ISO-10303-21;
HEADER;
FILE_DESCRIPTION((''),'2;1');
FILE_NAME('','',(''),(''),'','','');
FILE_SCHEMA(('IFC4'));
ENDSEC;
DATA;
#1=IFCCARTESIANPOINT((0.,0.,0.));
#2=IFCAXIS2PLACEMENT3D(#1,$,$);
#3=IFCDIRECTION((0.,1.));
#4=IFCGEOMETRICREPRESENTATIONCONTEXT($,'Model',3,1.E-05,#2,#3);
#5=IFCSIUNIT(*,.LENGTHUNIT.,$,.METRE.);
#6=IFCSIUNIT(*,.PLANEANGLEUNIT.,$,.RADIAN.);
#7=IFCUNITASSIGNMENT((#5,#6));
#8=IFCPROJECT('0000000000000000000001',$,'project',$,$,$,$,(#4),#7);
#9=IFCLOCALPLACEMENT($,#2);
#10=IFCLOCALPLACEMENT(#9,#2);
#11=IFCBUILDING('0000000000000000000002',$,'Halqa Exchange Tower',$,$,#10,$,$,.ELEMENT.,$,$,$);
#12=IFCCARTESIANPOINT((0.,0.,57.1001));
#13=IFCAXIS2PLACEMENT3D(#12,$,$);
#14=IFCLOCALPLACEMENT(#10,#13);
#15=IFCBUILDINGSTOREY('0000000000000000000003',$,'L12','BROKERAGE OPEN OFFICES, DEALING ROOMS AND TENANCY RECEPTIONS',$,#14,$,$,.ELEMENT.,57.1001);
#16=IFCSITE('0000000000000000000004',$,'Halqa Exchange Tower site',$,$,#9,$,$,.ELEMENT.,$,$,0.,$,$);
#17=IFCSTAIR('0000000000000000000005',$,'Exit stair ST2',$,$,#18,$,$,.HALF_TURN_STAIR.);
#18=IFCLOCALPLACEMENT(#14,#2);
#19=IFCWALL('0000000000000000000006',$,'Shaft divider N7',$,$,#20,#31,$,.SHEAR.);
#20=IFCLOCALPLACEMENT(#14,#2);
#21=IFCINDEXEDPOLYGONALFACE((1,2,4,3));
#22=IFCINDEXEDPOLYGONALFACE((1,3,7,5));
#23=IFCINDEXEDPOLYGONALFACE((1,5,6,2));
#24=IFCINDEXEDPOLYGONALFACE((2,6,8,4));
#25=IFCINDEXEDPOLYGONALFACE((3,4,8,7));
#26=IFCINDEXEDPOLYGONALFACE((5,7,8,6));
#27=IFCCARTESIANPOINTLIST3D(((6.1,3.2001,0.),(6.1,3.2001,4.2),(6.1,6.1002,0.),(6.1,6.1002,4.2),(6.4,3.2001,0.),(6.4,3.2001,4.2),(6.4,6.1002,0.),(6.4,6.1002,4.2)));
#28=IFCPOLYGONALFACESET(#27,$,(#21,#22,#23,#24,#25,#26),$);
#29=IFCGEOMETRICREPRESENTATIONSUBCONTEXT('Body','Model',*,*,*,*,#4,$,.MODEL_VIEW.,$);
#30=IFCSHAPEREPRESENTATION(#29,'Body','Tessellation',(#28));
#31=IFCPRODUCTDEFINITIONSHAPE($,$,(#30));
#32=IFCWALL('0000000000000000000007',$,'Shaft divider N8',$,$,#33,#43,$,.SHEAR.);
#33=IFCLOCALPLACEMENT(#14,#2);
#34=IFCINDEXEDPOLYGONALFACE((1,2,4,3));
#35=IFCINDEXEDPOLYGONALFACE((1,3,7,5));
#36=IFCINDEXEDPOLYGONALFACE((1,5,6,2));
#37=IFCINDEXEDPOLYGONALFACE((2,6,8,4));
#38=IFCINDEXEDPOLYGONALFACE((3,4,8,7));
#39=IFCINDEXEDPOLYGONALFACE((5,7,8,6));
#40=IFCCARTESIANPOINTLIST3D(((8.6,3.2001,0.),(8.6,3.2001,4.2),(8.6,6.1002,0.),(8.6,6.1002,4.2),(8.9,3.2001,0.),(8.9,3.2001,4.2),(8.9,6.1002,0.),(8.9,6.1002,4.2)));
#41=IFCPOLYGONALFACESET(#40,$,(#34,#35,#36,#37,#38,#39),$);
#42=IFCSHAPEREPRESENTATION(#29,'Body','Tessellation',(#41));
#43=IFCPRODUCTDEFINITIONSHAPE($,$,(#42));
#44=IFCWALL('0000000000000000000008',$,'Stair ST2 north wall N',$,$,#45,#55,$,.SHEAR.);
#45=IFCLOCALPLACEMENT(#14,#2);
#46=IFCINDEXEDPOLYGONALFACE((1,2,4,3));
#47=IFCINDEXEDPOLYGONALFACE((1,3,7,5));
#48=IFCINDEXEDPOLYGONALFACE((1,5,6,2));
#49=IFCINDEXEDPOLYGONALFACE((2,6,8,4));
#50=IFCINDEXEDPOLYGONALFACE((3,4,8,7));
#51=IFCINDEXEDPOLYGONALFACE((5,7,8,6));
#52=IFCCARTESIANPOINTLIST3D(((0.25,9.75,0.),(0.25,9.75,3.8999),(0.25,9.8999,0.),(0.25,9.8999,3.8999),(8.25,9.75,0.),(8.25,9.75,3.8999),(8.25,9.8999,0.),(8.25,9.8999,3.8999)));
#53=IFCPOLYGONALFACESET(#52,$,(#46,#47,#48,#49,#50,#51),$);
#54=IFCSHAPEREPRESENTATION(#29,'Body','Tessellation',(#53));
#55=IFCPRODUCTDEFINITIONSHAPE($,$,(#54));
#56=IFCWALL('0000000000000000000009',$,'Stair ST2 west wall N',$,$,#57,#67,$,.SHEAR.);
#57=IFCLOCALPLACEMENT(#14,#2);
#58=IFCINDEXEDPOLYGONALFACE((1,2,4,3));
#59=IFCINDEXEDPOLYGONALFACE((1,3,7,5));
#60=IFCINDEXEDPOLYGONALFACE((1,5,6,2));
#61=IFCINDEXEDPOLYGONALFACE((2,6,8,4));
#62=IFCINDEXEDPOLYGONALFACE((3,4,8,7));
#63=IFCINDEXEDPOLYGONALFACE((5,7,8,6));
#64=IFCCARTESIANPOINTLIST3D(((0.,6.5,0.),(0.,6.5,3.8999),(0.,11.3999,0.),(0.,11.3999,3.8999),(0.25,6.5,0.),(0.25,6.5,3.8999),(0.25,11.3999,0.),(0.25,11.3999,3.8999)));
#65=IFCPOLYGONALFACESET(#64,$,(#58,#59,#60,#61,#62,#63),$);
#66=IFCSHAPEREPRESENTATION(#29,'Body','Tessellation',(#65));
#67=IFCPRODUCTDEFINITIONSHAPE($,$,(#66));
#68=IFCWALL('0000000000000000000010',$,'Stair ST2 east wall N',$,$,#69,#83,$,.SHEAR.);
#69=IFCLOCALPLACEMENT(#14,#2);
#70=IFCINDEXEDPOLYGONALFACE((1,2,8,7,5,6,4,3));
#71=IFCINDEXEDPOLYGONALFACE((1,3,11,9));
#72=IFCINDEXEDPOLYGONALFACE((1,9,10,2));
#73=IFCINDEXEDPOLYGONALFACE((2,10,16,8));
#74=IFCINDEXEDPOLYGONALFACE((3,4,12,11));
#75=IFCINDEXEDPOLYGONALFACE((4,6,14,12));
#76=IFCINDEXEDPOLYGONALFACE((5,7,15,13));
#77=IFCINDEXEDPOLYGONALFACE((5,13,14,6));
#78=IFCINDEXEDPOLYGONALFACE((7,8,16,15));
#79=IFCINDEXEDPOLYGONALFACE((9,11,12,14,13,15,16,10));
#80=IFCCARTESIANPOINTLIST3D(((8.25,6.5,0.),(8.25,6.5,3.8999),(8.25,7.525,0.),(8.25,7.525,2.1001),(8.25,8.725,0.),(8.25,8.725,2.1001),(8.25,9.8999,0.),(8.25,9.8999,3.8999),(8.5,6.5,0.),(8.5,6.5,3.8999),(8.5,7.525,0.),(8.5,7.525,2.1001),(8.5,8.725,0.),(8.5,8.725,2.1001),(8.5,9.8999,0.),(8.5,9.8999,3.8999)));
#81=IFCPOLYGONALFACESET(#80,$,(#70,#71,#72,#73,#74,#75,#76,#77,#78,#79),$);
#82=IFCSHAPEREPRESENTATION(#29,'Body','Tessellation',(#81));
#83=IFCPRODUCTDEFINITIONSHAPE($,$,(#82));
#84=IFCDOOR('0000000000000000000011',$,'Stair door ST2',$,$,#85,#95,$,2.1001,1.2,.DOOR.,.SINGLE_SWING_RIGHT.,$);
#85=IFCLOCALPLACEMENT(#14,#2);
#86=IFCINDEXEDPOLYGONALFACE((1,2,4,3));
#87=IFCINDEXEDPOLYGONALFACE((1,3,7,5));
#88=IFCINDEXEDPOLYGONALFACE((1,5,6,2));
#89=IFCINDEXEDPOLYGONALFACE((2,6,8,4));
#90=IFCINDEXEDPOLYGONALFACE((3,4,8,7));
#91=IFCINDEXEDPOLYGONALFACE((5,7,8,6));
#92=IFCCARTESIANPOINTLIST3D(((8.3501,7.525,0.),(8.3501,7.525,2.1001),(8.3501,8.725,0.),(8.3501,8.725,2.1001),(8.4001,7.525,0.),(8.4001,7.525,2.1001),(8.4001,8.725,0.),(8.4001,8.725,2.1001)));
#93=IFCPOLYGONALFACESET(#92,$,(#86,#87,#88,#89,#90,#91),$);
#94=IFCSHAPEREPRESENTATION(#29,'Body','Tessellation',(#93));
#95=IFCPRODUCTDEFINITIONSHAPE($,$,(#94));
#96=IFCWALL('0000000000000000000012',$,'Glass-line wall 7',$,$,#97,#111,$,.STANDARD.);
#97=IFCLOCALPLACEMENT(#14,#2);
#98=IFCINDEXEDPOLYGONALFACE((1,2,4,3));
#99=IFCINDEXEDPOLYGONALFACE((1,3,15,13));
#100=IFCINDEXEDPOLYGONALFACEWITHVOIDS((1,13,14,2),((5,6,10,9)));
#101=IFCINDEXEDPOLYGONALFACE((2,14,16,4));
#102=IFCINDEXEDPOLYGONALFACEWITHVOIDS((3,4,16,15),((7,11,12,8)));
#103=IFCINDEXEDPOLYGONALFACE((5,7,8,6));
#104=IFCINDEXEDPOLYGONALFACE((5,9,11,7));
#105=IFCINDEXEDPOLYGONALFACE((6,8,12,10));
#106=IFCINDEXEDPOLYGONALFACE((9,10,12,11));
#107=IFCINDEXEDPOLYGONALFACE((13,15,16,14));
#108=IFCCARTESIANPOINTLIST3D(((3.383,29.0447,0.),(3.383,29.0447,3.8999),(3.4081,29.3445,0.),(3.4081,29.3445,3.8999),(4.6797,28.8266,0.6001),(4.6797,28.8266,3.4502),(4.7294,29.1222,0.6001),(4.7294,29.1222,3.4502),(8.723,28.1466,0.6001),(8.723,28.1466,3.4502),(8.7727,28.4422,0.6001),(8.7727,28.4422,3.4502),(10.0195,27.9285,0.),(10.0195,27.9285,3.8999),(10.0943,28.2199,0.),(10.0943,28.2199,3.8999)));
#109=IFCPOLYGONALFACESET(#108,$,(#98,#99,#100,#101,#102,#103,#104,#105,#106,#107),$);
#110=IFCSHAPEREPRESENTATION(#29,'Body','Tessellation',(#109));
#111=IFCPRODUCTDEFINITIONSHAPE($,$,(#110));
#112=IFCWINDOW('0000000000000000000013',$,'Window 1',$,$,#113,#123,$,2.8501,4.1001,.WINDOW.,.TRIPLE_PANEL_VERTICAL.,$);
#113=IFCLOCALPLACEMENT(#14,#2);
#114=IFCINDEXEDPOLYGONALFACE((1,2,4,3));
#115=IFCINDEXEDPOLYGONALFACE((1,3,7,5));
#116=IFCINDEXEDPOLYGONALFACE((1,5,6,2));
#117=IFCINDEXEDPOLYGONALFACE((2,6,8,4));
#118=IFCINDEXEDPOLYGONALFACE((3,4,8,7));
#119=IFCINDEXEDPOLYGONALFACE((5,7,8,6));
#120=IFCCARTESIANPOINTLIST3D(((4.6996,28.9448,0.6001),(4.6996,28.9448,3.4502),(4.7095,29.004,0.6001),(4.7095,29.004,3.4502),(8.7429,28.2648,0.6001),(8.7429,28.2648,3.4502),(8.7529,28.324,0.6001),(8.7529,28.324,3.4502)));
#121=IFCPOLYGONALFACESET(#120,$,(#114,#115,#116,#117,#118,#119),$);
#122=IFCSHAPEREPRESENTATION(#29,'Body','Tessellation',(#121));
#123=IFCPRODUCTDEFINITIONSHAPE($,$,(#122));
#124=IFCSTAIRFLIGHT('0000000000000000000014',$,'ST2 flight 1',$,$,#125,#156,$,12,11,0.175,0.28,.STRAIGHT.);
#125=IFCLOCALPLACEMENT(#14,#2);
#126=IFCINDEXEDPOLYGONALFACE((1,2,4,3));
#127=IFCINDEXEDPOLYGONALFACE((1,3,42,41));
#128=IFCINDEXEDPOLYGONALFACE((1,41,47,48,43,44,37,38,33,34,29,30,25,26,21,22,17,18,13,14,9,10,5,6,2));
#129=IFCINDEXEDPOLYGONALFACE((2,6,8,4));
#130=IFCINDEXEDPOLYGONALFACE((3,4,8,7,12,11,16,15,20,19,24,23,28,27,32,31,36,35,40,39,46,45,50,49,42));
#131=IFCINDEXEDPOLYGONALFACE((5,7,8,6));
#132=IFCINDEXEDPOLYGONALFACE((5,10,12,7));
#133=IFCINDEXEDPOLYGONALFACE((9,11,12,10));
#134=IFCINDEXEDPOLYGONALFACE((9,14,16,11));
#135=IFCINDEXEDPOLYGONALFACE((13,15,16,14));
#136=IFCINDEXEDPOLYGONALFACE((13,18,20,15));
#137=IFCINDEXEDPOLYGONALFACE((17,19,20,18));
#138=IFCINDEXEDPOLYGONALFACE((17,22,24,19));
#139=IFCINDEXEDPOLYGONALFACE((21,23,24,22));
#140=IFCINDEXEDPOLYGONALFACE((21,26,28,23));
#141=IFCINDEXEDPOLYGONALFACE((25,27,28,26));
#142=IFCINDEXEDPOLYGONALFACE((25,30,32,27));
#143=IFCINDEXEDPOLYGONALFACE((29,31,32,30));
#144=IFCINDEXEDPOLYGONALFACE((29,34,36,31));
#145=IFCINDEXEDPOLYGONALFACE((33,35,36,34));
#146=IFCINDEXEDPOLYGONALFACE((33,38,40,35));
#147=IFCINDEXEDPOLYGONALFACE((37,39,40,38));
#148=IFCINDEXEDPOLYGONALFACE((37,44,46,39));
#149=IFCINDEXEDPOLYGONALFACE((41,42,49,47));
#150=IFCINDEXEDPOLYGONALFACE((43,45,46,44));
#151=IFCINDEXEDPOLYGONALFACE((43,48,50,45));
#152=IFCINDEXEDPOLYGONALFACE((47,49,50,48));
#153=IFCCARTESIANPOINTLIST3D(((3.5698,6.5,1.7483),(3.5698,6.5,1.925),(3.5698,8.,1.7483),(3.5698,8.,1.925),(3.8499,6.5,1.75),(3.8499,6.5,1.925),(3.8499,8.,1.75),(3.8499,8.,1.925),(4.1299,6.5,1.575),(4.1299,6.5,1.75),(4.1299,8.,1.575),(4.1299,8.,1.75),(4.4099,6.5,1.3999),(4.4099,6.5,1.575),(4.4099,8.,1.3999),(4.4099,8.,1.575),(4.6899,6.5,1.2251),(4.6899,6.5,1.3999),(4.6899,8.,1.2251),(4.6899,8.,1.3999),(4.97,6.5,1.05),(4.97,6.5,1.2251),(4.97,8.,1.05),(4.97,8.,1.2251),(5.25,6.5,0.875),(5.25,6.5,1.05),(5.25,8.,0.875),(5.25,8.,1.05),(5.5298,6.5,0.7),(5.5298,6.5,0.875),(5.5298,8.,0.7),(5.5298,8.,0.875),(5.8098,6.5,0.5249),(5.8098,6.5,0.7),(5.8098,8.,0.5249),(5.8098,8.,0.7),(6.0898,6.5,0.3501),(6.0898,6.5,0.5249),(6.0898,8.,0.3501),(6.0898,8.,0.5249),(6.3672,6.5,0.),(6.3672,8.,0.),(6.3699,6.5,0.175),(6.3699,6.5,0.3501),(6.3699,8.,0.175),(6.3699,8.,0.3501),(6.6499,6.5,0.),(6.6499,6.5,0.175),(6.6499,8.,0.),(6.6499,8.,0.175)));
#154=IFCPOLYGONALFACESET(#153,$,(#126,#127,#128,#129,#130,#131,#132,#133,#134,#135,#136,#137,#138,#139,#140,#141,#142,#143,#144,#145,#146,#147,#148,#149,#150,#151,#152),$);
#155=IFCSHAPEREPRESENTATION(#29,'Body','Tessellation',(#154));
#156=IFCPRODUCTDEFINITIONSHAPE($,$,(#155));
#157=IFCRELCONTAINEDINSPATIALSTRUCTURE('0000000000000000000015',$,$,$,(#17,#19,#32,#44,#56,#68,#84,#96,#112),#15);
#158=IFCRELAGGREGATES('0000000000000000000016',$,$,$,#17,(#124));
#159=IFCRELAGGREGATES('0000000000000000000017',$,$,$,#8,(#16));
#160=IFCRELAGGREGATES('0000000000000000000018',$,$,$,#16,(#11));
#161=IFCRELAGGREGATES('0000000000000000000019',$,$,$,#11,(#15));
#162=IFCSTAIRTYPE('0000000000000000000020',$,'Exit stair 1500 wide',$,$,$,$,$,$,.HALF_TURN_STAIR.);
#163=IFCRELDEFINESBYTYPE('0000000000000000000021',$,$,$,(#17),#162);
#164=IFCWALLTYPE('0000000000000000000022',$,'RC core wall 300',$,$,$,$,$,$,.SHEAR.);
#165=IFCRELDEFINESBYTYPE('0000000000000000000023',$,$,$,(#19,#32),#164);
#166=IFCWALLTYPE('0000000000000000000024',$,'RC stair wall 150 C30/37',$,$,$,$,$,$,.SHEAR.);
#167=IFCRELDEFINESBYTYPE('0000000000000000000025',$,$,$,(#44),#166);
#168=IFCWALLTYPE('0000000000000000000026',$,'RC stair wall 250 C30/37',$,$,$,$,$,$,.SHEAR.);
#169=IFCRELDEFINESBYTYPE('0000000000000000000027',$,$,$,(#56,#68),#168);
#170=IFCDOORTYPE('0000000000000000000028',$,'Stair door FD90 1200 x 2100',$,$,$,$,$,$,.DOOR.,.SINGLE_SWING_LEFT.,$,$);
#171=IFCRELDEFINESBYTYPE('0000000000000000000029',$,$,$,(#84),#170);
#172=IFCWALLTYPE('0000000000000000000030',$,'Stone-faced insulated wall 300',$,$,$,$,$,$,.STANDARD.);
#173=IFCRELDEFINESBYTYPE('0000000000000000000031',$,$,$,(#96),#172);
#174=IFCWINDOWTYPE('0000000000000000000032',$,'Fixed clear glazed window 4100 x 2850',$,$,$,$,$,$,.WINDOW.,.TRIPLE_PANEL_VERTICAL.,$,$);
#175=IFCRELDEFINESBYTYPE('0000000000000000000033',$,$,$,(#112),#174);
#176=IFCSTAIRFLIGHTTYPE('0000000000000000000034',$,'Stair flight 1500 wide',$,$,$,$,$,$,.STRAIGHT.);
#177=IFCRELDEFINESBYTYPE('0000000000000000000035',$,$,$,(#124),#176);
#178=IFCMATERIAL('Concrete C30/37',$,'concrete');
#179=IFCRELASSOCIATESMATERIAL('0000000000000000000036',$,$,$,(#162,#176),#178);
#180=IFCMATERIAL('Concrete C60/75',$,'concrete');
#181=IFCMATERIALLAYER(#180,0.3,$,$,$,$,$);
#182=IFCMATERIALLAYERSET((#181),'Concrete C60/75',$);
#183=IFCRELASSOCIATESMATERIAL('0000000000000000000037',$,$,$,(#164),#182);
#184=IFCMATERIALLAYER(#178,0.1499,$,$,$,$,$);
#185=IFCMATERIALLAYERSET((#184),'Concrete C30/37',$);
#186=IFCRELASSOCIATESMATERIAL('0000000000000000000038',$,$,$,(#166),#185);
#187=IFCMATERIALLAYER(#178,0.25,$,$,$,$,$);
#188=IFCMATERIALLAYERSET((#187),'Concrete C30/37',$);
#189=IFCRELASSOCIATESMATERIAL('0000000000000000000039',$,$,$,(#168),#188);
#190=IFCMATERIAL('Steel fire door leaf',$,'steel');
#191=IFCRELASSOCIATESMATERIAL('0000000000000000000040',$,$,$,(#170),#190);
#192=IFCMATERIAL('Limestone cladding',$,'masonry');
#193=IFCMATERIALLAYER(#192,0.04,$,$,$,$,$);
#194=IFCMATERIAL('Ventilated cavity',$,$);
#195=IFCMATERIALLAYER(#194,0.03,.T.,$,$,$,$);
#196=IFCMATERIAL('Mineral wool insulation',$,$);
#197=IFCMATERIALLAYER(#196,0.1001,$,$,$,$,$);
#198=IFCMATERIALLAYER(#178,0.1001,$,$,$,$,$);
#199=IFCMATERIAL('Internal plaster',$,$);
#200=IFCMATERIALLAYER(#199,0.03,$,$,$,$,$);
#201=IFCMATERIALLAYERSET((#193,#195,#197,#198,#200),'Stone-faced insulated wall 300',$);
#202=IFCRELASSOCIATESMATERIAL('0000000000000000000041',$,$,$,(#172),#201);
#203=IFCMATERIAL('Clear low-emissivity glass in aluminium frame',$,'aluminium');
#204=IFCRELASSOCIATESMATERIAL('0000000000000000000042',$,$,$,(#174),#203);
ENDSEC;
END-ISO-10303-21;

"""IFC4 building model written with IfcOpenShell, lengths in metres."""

from ifc_helpers import new_model, si_unit, direction, frame, frame_2d, origin, place, context, subcontext, project, spatial, polyline, rectangle, outline, extrude, material, layer, layer_set, type_object, element, fill, aggregate, save


model = new_model("IFC4")

# Units and contexts
model_context = context("Model", 3, precision=1e-05, world=origin(), true_north=direction((0.0, 1.0)))
body_context = subcontext(model_context, "Body", "Model", "MODEL_VIEW")
ifc_project = project(units=[si_unit("LENGTHUNIT", "METRE"), si_unit("PLANEANGLEUNIT", "RADIAN")], contexts=[model_context])

# Site, building, storey
site_placement = place(None, origin())
site = spatial("IfcSite", under=ifc_project, at=site_placement, Name="Halqa Exchange Tower site", CompositionType="ELEMENT", RefElevation=0.0)
building_placement = place(site_placement, origin())
building = spatial("IfcBuilding", under=site, at=building_placement, Name="Halqa Exchange Tower", CompositionType="ELEMENT")
storey_placement = place(building_placement, frame((0.0, 0.0, 57.1001)))
storey = spatial("IfcBuildingStorey", under=building, at=storey_placement, Name="L12", Description="BROKERAGE OPEN OFFICES, DEALING ROOMS AND TENANCY RECEPTIONS", CompositionType="ELEMENT", Elevation=57.1001)

# Shared definitions
ifc_material_1 = material(Name="Concrete C60/75", Category="concrete")

# Stair
ifc_material_2 = material(Name="Concrete C30/37", Category="concrete")
stair_type = type_object("IfcStairType", Name="Exit stair 1500 wide", PredefinedType="HALF_TURN_STAIR", material=ifc_material_2)
stair_1_placement = place(storey_placement, origin())
stair_1 = element("IfcStair", 1, at=stair_1_placement, inside=storey, type_object=stair_type, Name="Exit stair ST2", PredefinedType="HALF_TURN_STAIR")

# Walls
ifc_layer_1 = layer(ifc_material_1, 0.3)
ifc_layer_set_1 = layer_set([ifc_layer_1], Name="Concrete C60/75")
wall_type_1 = type_object("IfcWallType", Name="RC core wall 300", PredefinedType="SHEAR", material=ifc_layer_set_1)
for number, where, z_axis, x_axis, name in (
    (2, (6.25, 3.2, 0.0), (0.0, 0.0, 1.0), (0.0, 1.0, 0.0), "Shaft divider N7"),
    (3, (8.75, 3.2, 0.0), (0.0, 0.0, 1.0), (0.0, 1.0, 0.0), "Shaft divider N8"),
):
    element("IfcWall", number, at=place(storey_placement, frame(where, z_axis=z_axis, x_axis=x_axis)), inside=storey, type_object=wall_type_1, Name=name, PredefinedType="SHEAR", context=body_context, shape_type="SweptSolid", body=[
        extrude(rectangle(XDim=2.9001, YDim=0.3, at=frame_2d((1.4502, 0.0))), origin(), (0.0, 0.0, 1.0), 4.2),
    ])
ifc_layer_2 = layer(ifc_material_2, 0.1499)
ifc_layer_set_2 = layer_set([ifc_layer_2], Name="Concrete C30/37")
wall_type_2 = type_object("IfcWallType", Name="RC stair wall 150 C30/37", PredefinedType="SHEAR", material=ifc_layer_set_2)
wall_1_placement = place(storey_placement, frame((0.25, 9.825, 0.0), z_axis=(0.0, 0.0, 1.0), x_axis=(1.0, 0.0, 0.0)))
element("IfcWall", 4, at=wall_1_placement, inside=storey, type_object=wall_type_2, Name="Stair ST2 north wall N", PredefinedType="SHEAR", context=body_context, shape_type="SweptSolid", body=[
    extrude(rectangle(XDim=8.0, YDim=0.1499, at=frame_2d((4.0, 0.0))), origin(), (0.0, 0.0, 1.0), 3.8999),
])
ifc_layer_3 = layer(ifc_material_2, 0.25)
ifc_layer_set_3 = layer_set([ifc_layer_3], Name="Concrete C30/37")
wall_type_3 = type_object("IfcWallType", Name="RC stair wall 250 C30/37", PredefinedType="SHEAR", material=ifc_layer_set_3)
wall_2_placement = place(storey_placement, frame((0.125, 6.5, 0.0), z_axis=(0.0, 0.0, 1.0), x_axis=(0.0, 1.0, 0.0)))
element("IfcWall", 5, at=wall_2_placement, inside=storey, type_object=wall_type_3, Name="Stair ST2 west wall N", PredefinedType="SHEAR", context=body_context, shape_type="SweptSolid", body=[
    extrude(rectangle(XDim=4.8999, YDim=0.25, at=frame_2d((2.45, 0.0))), origin(), (0.0, 0.0, 1.0), 3.8999),
])

# Wall, opening, door
wall_3_placement = place(storey_placement, frame((8.375, 6.5, 0.0), z_axis=(0.0, 0.0, 1.0), x_axis=(0.0, 1.0, 0.0)))
wall_3 = element("IfcWall", 6, at=wall_3_placement, inside=storey, type_object=wall_type_3, Name="Stair ST2 east wall N", PredefinedType="SHEAR", context=body_context, shape_type="SweptSolid", body=[
    extrude(rectangle(XDim=3.3999, YDim=0.25, at=frame_2d((1.7, 0.0))), origin(), (0.0, 0.0, 1.0), 3.8999),
])
opening_1_placement = place(wall_3_placement, frame((1.0249, 0.0, 0.0)))
opening_1 = element("IfcOpeningElement", 7, at=opening_1_placement, cuts=wall_3, PredefinedType="OPENING", context=body_context, shape_type="SweptSolid", body=[
    extrude(rectangle(XDim=1.2, YDim=2.1001, at=frame_2d((0.6001, 1.05))), frame((0.0, 0.137, 0.0), z_axis=(0.0, -1.0, 0.0), x_axis=(1.0, 0.0, 0.0)), (0.0, 0.0, 1.0), 0.2739),
])
ifc_material_3 = material(Name="Steel fire door leaf", Category="steel")
door_type_1 = type_object("IfcDoorType", Name="Stair door FD90 1200 x 2100", OperationType="SINGLE_SWING_LEFT", PredefinedType="DOOR", material=ifc_material_3)
door_1_placement = place(opening_1_placement, origin())
door_1 = element("IfcDoor", 8, at=door_1_placement, inside=storey, type_object=door_type_1, Name="Stair door ST2", OperationType="SINGLE_SWING_RIGHT", OverallHeight=2.1001, OverallWidth=1.2, PredefinedType="DOOR", context=body_context, shape_type="SweptSolid", body=[
    extrude(rectangle(XDim=1.2, YDim=2.1001, at=frame_2d((0.6001, 1.05))), frame((0.0, 0.0249, 0.0), z_axis=(0.0, -1.0, 0.0), x_axis=(1.0, 0.0, 0.0)), (0.0, 0.0, 1.0), 0.05),
])
fill(opening_1, door_1)

# Wall, opening, window
ifc_material_4 = material(Name="Limestone cladding", Category="masonry")
ifc_layer_4 = layer(ifc_material_4, 0.04)
ifc_material_5 = material(Name="Ventilated cavity")
ifc_layer_5 = layer(ifc_material_5, 0.03, ventilated=True)
ifc_material_6 = material(Name="Mineral wool insulation")
ifc_layer_6 = layer(ifc_material_6, 0.1001)
ifc_layer_7 = layer(ifc_material_2, 0.1001)
ifc_material_7 = material(Name="Internal plaster")
ifc_layer_8 = layer(ifc_material_7, 0.03)
ifc_layer_set_4 = layer_set([ifc_layer_4, ifc_layer_5, ifc_layer_6, ifc_layer_7, ifc_layer_8], Name="Stone-faced insulated wall 300")
wall_type_4 = type_object("IfcWallType", Name="Stone-faced insulated wall 300", PredefinedType="STANDARD", material=ifc_layer_set_4)
wall_4_placement = place(storey_placement, frame((10.0569, 28.0742, 0.0), z_axis=(0.0, 0.0, 1.0), x_axis=(-0.98615, 0.165858, 0.0)))
wall_4 = element("IfcWall", 9, at=wall_4_placement, inside=storey, type_object=wall_type_4, Name="Glass-line wall 7", PredefinedType="STANDARD", context=body_context, shape_type="SweptSolid", body=[
    extrude(outline(polyline([(-0.0127, -0.1499), (6.7673, -0.1499), (6.7424, 0.1499), (0.0127, 0.1499), (-0.0127, -0.1499)])), origin(), (0.0, 0.0, 1.0), 3.8999),
])
opening_2_placement = place(wall_4_placement, frame((1.3274, 0.0, 0.6001)))
opening_2 = element("IfcOpeningElement", 10, at=opening_2_placement, cuts=wall_4, PredefinedType="OPENING", context=body_context, shape_type="SweptSolid", body=[
    extrude(rectangle(XDim=4.1001, YDim=2.8501, at=frame_2d((2.05, 1.425))), frame((0.0, 0.1621, 0.0), z_axis=(0.0, -1.0, 0.0), x_axis=(1.0, 0.0, 0.0)), (0.0, 0.0, 1.0), 0.324),
])
ifc_material_8 = material(Name="Clear low-emissivity glass in aluminium frame", Category="aluminium")
window_type = type_object("IfcWindowType", Name="Fixed clear glazed window 4100 x 2850", PartitioningType="TRIPLE_PANEL_VERTICAL", PredefinedType="WINDOW", material=ifc_material_8)
window_placement = place(opening_2_placement, origin())
window = element("IfcWindow", 11, at=window_placement, inside=storey, type_object=window_type, Name="Window 1", OverallHeight=2.8501, OverallWidth=4.1001, PartitioningType="TRIPLE_PANEL_VERTICAL", PredefinedType="WINDOW", context=body_context, shape_type="SweptSolid", body=[
    extrude(rectangle(XDim=4.1001, YDim=2.8501, at=frame_2d((2.05, 1.425))), frame((0.0, 0.03, 0.0), z_axis=(0.0, -1.0, 0.0), x_axis=(1.0, 0.0, 0.0)), (0.0, 0.0, 1.0), 0.0601),
])
fill(opening_2, window)

# Stair flight
stair_flight_type = type_object("IfcStairFlightType", Name="Stair flight 1500 wide", PredefinedType="STRAIGHT", material=ifc_material_2)
stair_flight_1_placement = place(storey_placement, frame((6.6499, 7.25, 0.0), z_axis=(0.0, 0.0, 1.0), x_axis=(-1.0, 0.0, 0.0)))
stair_flight_1 = element("IfcStairFlight", 12, at=stair_flight_1_placement, type_object=stair_flight_type, Name="ST2 flight 1", NumberOfRisers=12, NumberOfTreads=11, PredefinedType="STRAIGHT", RiserHeight=0.175, TreadLength=0.28, context=body_context, shape_type="SweptSolid", body=[
    extrude(outline(polyline([(0.0, 0.0), (0.0, 0.175), (0.28, 0.175), (0.28, 0.3501), (0.5601, 0.3501), (0.5601, 0.5249), (0.8401, 0.5249), (0.8401, 0.7), (1.1201, 0.7), (1.1201, 0.875), (1.3999, 0.875), (1.3999, 1.05), (1.6799, 1.05), (1.6799, 1.2251), (1.96, 1.2251), (1.96, 1.3999), (2.24, 1.3999), (2.24, 1.575), (2.52, 1.575), (2.52, 1.75), (2.8, 1.75), (2.8, 1.925), (3.0801, 1.925), (3.0801, 2.1001), (3.0801, 1.7483), (0.2827, 0.0), (0.0, 0.0)])), frame((0.0, 0.75, 0.0), z_axis=(0.0, -1.0, 0.0), x_axis=(1.0, 0.0, 0.0)), (0.0, 0.0, 1.0), 1.5),
])
aggregate(stair_1, [stair_flight_1])

save(model, "model.ifc")
